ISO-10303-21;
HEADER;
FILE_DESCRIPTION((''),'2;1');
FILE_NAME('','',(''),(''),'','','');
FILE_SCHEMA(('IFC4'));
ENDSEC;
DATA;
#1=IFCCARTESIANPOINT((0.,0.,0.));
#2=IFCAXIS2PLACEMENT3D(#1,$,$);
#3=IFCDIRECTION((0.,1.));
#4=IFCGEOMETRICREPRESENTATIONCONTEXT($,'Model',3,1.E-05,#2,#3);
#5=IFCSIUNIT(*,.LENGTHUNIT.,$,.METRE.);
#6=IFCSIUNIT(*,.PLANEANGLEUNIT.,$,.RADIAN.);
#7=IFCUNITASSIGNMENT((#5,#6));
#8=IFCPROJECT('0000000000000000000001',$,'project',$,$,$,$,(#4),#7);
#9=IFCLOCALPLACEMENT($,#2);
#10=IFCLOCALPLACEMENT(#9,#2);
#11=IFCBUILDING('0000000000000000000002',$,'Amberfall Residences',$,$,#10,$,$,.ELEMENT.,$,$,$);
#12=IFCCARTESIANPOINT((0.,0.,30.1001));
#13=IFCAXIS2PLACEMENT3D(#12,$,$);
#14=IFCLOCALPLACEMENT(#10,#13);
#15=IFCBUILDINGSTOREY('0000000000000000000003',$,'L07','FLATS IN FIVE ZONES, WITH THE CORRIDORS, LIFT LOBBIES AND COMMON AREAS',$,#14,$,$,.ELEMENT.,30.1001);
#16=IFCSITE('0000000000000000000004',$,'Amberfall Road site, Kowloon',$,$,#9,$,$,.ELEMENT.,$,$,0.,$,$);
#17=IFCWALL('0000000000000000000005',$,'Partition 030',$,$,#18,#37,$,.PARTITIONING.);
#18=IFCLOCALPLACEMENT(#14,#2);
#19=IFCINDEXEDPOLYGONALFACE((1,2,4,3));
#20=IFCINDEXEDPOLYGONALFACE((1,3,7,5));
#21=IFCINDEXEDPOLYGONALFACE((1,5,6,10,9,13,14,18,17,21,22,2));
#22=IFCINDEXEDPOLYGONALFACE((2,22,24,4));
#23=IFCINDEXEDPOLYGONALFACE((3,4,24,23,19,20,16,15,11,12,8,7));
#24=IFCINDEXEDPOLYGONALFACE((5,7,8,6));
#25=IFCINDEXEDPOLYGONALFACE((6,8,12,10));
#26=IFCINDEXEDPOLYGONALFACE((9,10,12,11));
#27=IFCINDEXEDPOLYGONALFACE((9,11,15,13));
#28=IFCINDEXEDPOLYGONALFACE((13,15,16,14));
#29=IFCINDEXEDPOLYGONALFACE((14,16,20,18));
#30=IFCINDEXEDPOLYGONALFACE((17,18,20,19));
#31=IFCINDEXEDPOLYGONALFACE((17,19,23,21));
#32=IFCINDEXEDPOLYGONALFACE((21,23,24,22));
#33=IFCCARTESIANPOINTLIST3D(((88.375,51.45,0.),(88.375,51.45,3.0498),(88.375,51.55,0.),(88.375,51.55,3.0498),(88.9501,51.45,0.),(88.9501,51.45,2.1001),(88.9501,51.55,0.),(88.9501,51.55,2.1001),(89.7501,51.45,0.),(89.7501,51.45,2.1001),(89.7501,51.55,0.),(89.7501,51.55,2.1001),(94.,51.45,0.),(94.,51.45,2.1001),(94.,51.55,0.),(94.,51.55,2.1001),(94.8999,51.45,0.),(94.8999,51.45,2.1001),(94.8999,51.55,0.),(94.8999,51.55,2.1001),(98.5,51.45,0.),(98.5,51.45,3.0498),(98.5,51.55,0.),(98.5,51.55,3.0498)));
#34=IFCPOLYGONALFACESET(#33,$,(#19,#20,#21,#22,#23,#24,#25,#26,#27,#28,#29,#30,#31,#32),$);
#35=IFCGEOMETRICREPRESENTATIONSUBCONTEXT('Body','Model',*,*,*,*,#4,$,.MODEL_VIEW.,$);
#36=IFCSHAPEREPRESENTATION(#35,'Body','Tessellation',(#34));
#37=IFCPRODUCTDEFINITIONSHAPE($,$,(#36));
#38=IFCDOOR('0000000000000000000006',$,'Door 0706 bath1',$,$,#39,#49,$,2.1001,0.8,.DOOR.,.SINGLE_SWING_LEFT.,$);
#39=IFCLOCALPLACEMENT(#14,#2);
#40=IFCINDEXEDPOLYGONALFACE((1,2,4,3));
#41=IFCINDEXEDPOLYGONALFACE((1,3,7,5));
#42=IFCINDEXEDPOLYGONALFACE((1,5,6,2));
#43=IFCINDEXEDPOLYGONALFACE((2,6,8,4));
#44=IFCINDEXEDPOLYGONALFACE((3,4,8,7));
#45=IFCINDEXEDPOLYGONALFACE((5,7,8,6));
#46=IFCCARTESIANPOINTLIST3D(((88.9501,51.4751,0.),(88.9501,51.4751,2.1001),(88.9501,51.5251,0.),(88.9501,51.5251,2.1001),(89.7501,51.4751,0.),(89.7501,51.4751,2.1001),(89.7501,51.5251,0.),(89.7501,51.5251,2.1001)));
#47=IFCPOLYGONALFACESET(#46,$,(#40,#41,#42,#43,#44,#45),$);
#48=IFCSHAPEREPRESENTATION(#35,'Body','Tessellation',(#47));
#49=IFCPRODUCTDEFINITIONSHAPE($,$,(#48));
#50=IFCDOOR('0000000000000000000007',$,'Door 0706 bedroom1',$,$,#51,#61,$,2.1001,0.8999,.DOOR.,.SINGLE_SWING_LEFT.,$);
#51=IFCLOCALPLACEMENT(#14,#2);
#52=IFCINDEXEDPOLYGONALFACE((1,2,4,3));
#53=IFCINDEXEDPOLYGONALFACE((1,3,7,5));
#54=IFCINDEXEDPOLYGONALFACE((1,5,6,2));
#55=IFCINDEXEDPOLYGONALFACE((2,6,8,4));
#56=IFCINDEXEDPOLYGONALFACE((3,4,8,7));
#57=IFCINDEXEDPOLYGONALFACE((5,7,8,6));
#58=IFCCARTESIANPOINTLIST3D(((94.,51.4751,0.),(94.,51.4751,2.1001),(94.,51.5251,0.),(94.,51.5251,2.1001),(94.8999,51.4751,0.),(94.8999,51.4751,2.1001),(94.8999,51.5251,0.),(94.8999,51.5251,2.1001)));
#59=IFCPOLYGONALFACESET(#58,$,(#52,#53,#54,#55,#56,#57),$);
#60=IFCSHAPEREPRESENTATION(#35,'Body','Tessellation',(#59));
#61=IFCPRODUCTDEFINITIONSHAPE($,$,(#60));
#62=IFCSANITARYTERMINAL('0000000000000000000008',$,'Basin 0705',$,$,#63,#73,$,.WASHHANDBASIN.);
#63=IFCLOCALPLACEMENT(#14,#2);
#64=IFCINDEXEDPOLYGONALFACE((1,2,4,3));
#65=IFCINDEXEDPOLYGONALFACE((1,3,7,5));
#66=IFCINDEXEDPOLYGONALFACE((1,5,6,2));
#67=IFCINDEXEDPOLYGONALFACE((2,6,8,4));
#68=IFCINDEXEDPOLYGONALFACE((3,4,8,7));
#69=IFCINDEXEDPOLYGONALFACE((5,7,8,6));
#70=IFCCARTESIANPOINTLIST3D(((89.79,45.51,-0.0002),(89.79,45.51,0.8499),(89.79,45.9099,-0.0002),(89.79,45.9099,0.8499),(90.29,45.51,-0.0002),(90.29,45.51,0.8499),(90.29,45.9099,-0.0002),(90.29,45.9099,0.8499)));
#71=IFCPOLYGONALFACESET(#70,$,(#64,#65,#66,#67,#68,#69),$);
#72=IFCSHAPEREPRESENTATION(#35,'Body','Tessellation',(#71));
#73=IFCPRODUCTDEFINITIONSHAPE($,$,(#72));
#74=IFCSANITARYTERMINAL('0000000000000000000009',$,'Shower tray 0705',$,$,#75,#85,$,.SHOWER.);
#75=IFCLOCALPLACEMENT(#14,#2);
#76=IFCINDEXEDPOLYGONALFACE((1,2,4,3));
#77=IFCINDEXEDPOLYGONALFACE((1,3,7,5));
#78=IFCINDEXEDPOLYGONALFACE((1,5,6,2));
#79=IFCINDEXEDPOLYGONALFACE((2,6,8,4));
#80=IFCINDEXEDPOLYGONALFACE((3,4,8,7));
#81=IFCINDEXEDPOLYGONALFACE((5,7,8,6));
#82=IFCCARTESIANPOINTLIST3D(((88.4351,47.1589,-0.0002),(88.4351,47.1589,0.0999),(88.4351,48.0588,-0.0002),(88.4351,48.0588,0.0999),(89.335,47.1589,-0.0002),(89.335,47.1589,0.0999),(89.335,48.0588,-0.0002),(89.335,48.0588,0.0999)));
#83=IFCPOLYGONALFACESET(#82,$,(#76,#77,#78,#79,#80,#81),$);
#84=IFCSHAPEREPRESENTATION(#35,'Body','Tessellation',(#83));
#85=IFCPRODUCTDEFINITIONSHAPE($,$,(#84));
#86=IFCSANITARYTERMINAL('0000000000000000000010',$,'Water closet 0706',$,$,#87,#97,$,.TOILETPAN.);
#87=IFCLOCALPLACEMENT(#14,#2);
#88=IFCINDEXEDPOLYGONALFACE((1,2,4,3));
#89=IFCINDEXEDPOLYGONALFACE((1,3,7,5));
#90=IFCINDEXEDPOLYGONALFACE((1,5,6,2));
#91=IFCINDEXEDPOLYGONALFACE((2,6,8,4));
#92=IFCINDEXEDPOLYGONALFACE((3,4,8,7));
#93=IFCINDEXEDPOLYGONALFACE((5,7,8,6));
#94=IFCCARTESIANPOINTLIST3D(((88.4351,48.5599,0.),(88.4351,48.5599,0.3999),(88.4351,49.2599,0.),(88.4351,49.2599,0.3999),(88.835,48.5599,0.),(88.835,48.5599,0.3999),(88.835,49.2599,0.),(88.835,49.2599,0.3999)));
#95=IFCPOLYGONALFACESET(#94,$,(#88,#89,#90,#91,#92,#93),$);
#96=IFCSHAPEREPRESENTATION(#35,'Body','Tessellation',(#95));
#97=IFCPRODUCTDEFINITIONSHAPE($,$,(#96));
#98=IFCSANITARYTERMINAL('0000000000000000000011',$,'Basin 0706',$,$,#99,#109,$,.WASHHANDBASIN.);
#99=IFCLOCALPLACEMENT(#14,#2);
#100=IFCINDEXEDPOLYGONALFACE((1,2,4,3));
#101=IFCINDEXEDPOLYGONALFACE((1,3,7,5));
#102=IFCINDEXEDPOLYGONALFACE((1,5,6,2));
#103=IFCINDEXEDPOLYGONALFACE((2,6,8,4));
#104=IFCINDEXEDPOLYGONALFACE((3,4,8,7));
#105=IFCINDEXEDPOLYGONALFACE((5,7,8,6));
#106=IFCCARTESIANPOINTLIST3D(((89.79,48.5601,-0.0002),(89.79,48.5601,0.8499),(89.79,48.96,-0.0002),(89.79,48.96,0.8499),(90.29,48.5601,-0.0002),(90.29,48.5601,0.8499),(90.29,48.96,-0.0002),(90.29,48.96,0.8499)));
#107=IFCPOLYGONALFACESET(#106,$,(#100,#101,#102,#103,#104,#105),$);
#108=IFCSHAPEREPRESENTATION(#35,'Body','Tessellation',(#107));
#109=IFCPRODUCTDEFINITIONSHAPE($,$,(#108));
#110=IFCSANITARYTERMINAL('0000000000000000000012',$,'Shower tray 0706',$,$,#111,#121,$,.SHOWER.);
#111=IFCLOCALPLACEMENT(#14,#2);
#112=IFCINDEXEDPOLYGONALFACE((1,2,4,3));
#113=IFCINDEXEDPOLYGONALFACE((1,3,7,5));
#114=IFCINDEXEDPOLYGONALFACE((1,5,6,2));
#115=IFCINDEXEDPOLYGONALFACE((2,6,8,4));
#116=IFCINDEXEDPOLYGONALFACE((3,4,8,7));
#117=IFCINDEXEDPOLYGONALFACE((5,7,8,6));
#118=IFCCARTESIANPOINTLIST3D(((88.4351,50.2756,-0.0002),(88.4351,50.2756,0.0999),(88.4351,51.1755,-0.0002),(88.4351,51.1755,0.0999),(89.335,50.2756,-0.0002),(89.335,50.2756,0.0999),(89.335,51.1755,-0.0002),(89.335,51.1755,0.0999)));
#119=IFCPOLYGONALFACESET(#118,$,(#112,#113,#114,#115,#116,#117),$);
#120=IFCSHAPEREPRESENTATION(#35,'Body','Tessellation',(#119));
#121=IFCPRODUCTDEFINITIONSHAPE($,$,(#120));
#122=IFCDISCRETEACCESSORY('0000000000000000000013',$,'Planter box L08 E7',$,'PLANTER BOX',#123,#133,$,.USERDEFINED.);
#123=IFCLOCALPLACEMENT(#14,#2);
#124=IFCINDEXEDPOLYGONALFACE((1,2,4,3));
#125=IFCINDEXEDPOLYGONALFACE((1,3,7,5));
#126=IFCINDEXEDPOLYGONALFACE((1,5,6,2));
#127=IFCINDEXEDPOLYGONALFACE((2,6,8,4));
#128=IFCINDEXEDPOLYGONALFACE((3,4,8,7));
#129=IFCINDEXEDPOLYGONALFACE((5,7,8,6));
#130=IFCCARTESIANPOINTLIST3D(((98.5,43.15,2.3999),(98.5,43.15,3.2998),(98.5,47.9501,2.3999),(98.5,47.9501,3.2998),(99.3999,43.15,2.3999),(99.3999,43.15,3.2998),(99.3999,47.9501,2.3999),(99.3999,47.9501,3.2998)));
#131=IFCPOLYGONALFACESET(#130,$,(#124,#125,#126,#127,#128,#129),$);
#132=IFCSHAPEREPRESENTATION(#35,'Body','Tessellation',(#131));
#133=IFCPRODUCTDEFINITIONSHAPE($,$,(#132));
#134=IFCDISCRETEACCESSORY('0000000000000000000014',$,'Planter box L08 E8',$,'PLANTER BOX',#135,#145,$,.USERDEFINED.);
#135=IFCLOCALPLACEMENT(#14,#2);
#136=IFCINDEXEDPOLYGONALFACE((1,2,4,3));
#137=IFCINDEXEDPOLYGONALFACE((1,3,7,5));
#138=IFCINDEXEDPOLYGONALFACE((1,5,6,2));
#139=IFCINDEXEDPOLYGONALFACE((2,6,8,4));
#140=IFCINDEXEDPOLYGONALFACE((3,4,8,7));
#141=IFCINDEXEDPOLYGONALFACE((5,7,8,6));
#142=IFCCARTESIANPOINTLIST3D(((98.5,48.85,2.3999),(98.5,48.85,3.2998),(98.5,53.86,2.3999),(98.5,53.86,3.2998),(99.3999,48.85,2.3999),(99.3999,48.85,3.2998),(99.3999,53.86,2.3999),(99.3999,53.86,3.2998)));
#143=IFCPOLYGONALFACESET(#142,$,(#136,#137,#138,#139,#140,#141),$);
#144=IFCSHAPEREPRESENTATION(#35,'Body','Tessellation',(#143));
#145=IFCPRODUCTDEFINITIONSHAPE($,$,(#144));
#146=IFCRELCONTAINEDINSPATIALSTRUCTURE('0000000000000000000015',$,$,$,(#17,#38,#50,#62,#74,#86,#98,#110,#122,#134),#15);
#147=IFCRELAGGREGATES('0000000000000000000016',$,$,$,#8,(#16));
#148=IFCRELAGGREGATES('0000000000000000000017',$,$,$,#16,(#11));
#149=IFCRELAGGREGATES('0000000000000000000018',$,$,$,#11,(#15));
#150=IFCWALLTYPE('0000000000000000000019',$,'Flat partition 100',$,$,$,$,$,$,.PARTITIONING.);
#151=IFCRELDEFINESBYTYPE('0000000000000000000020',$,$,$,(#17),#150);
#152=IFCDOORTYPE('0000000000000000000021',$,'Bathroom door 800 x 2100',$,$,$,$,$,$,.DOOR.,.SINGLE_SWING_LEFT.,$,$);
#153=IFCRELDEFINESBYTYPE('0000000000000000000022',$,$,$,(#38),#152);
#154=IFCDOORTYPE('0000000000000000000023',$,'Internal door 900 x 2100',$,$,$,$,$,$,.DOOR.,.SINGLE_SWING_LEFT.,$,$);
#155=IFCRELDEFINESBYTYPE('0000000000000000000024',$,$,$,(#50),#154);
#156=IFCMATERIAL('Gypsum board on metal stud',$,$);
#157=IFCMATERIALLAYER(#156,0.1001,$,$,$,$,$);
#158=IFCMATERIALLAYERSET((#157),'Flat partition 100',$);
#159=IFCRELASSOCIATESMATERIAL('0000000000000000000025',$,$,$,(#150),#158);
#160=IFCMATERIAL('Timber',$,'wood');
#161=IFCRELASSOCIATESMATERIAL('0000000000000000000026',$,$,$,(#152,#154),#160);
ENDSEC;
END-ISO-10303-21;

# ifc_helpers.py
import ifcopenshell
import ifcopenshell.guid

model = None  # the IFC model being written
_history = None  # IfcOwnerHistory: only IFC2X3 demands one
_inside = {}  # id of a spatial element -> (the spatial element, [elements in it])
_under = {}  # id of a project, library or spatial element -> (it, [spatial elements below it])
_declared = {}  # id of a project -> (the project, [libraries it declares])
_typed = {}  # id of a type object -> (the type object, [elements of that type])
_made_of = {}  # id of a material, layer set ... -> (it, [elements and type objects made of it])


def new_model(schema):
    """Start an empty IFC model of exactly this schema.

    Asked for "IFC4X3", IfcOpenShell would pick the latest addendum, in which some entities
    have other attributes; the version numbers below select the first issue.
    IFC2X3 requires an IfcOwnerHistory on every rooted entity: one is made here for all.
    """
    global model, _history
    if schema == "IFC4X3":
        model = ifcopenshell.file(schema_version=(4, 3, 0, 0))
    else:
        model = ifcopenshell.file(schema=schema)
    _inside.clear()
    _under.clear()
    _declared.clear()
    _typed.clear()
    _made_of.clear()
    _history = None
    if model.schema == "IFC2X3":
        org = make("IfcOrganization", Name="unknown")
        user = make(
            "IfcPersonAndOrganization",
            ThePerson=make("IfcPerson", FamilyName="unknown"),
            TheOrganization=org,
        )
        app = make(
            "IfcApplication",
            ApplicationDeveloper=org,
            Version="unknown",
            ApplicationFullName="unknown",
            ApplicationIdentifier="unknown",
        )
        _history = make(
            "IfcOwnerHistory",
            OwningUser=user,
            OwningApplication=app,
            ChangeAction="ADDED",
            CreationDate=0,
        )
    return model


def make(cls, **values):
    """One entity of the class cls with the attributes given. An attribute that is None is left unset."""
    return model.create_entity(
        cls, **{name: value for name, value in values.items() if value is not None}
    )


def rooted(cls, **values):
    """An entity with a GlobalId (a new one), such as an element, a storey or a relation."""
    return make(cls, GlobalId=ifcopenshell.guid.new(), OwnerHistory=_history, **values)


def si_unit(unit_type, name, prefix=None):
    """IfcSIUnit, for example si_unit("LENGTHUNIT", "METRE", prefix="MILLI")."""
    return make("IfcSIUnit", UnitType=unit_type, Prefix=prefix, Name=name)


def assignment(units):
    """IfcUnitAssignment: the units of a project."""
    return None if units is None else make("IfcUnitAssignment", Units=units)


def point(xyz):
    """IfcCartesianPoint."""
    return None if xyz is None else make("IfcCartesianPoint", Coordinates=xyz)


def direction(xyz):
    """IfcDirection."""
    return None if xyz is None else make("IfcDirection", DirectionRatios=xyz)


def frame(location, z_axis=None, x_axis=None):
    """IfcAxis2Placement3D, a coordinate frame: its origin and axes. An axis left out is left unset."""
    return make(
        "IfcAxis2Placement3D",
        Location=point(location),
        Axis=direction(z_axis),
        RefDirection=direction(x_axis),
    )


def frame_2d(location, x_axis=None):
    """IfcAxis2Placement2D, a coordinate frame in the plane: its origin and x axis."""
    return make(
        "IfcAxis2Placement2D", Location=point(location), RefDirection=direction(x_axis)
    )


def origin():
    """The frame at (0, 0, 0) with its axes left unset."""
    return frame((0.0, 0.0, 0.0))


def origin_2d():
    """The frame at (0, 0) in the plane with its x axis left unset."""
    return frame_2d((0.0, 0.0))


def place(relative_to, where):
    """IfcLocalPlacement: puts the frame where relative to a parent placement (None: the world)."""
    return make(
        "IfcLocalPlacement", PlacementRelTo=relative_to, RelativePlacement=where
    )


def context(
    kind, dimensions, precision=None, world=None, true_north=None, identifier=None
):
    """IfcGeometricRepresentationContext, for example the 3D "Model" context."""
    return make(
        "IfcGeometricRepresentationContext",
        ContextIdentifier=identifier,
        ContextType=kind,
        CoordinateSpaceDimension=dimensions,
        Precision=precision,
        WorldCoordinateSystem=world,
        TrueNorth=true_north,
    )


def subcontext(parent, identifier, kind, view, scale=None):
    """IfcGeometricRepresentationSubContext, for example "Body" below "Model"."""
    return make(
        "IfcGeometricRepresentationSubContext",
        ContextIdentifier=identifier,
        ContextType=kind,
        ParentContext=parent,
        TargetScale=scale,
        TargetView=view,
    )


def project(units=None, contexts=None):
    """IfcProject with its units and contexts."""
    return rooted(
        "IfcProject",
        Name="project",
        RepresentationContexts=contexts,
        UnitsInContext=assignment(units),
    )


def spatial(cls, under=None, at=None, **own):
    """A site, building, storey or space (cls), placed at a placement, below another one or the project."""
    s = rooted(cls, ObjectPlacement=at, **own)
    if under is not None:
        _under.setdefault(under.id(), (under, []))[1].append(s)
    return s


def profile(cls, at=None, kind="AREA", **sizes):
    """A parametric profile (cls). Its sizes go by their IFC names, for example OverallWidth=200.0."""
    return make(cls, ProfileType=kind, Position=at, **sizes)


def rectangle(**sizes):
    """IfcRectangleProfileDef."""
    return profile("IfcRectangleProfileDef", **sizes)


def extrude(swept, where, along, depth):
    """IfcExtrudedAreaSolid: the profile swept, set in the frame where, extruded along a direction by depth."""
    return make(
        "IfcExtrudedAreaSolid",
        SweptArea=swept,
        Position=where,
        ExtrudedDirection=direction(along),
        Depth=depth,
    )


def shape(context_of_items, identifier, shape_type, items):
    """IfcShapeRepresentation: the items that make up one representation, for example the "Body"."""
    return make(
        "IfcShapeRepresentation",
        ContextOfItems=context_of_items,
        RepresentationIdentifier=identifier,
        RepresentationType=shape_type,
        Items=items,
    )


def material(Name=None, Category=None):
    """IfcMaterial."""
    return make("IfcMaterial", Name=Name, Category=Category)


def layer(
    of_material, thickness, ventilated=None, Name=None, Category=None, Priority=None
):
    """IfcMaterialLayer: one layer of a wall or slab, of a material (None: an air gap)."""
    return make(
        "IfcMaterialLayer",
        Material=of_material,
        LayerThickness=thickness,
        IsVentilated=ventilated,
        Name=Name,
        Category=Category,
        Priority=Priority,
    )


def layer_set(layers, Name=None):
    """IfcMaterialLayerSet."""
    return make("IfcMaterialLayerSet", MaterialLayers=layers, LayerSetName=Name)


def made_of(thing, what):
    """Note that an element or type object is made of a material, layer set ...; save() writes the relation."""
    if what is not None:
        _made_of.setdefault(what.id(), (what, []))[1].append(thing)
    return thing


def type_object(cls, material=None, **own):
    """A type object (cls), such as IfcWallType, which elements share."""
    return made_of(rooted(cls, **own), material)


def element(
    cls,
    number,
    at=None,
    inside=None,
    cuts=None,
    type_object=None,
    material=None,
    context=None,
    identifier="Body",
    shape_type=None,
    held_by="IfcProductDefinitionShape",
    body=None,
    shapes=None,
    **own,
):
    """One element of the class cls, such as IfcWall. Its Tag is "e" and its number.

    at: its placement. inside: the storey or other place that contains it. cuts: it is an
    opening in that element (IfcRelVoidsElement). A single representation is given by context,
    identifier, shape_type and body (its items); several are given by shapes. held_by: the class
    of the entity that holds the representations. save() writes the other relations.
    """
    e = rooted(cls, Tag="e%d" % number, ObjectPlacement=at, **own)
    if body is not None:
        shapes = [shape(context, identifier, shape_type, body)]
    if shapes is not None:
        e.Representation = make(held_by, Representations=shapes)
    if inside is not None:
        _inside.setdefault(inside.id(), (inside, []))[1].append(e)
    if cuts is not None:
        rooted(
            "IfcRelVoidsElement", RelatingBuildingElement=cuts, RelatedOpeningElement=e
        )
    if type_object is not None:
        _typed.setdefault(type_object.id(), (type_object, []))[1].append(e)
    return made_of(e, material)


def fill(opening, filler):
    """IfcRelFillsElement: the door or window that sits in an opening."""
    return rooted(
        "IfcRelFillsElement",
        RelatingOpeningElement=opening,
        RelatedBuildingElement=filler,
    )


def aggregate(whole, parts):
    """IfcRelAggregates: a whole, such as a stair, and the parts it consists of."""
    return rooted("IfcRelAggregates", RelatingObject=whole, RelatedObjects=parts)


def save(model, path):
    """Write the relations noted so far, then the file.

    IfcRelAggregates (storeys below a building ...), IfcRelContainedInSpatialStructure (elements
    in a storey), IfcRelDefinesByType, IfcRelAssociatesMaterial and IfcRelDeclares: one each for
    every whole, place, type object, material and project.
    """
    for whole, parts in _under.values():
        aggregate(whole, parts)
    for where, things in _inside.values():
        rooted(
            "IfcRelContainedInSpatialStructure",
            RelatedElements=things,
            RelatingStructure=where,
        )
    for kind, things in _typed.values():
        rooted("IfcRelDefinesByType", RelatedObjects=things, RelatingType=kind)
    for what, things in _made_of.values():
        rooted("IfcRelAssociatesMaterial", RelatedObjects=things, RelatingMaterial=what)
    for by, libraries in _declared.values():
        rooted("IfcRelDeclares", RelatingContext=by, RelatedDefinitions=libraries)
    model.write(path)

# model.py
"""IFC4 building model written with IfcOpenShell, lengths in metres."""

from ifc_helpers import new_model, si_unit, direction, frame, frame_2d, origin, origin_2d, place, context, subcontext, project, spatial, rectangle, extrude, material, layer, layer_set, type_object, element, fill, save


model = new_model("IFC4")

# Units and contexts
model_context = context("Model", 3, precision=1e-05, world=origin(), true_north=direction((0.0, 1.0)))
body_context = subcontext(model_context, "Body", "Model", "MODEL_VIEW")
ifc_project = project(units=[si_unit("LENGTHUNIT", "METRE"), si_unit("PLANEANGLEUNIT", "RADIAN")], contexts=[model_context])

# Site, building, storey
site_placement = place(None, origin())
site = spatial("IfcSite", under=ifc_project, at=site_placement, Name="Amberfall Road site, Kowloon", CompositionType="ELEMENT", RefElevation=0.0)
building_placement = place(site_placement, origin())
building = spatial("IfcBuilding", under=site, at=building_placement, Name="Amberfall Residences", CompositionType="ELEMENT")
storey_placement = place(building_placement, frame((0.0, 0.0, 30.1001)))
storey = spatial("IfcBuildingStorey", under=building, at=storey_placement, Name="L07", Description="FLATS IN FIVE ZONES, WITH THE CORRIDORS, LIFT LOBBIES AND COMMON AREAS", CompositionType="ELEMENT", Elevation=30.1001)

# Shared definitions
ifc_material_1 = material(Name="Gypsum board on metal stud")
ifc_layer_1 = layer(ifc_material_1, 0.1001)
ifc_layer_set_1 = layer_set([ifc_layer_1], Name="Flat partition 100")
wall_type_1 = type_object("IfcWallType", Name="Flat partition 100", PredefinedType="PARTITIONING", material=ifc_layer_set_1)

# Wall, openings, doors
wall_1_placement = place(storey_placement, frame((98.5, 51.5, 0.0), z_axis=(0.0, 0.0, 1.0), x_axis=(-1.0, 0.0, 0.0)))
wall_1 = element("IfcWall", 1, at=wall_1_placement, inside=storey, type_object=wall_type_1, Name="Partition 030", PredefinedType="PARTITIONING", context=body_context, shape_type="SweptSolid", body=[
    extrude(rectangle(XDim=10.125, YDim=0.1001, at=frame_2d((5.0625, 0.0))), origin(), (0.0, 0.0, 1.0), 3.0498),
])
opening_1_placement = place(wall_1_placement, frame((3.6001, 0.0, 0.0)))
opening_1 = element("IfcOpeningElement", 2, at=opening_1_placement, cuts=wall_1, PredefinedType="OPENING", context=body_context, shape_type="SweptSolid", body=[
    extrude(rectangle(XDim=0.8999, YDim=2.1001, at=frame_2d((0.45, 1.05))), frame((0.0, 0.0601, 0.0), z_axis=(0.0, -1.0, 0.0), x_axis=(1.0, 0.0, 0.0)), (0.0, 0.0, 1.0), 0.1201),
])
opening_2_placement = place(wall_1_placement, frame((8.75, 0.0, 0.0)))
opening_2 = element("IfcOpeningElement", 3, at=opening_2_placement, cuts=wall_1, PredefinedType="OPENING", context=body_context, shape_type="SweptSolid", body=[
    extrude(rectangle(XDim=0.8, YDim=2.1001, at=frame_2d((0.3999, 1.05))), frame((0.0, 0.0601, 0.0), z_axis=(0.0, -1.0, 0.0), x_axis=(1.0, 0.0, 0.0)), (0.0, 0.0, 1.0), 0.1201),
])
ifc_material_2 = material(Name="Timber", Category="wood")
door_type_1 = type_object("IfcDoorType", Name="Bathroom door 800 x 2100", OperationType="SINGLE_SWING_LEFT", PredefinedType="DOOR", material=ifc_material_2)
door_1_placement = place(opening_2_placement, origin())
door_1 = element("IfcDoor", 4, at=door_1_placement, inside=storey, type_object=door_type_1, Name="Door 0706 bath1", OperationType="SINGLE_SWING_LEFT", OverallHeight=2.1001, OverallWidth=0.8, PredefinedType="DOOR", context=body_context, shape_type="SweptSolid", body=[
    extrude(rectangle(XDim=0.8, YDim=2.1001, at=frame_2d((0.3999, 1.05))), frame((0.0, 0.0249, 0.0), z_axis=(0.0, -1.0, 0.0), x_axis=(1.0, 0.0, 0.0)), (0.0, 0.0, 1.0), 0.05),
])
fill(opening_2, door_1)
door_type_2 = type_object("IfcDoorType", Name="Internal door 900 x 2100", OperationType="SINGLE_SWING_LEFT", PredefinedType="DOOR", material=ifc_material_2)
door_2_placement = place(opening_1_placement, origin())
door_2 = element("IfcDoor", 5, at=door_2_placement, inside=storey, type_object=door_type_2, Name="Door 0706 bedroom1", OperationType="SINGLE_SWING_LEFT", OverallHeight=2.1001, OverallWidth=0.8999, PredefinedType="DOOR", context=body_context, shape_type="SweptSolid", body=[
    extrude(rectangle(XDim=0.8999, YDim=2.1001, at=frame_2d((0.45, 1.05))), frame((0.0, 0.0249, 0.0), z_axis=(0.0, -1.0, 0.0), x_axis=(1.0, 0.0, 0.0)), (0.0, 0.0, 1.0), 0.05),
])
fill(opening_1, door_2)

# Sanitary terminals
sanitary_terminal_1_placement = place(storey_placement, frame((90.04, 45.71, -0.0002), z_axis=(0.0, 0.0, 1.0), x_axis=(1.0, 0.0, 0.0)))
element("IfcSanitaryTerminal", 6, at=sanitary_terminal_1_placement, inside=storey, Name="Basin 0705", PredefinedType="WASHHANDBASIN", context=body_context, shape_type="SweptSolid", body=[
    extrude(rectangle(XDim=0.5, YDim=0.3999, at=origin_2d()), origin(), (0.0, 0.0, 1.0), 0.8501),
])
sanitary_terminal_2_placement = place(storey_placement, frame((88.885, 47.6089, -0.0002), z_axis=(0.0, 0.0, 1.0), x_axis=(1.0, 0.0, 0.0)))
element("IfcSanitaryTerminal", 7, at=sanitary_terminal_2_placement, inside=storey, Name="Shower tray 0705", PredefinedType="SHOWER", context=body_context, shape_type="SweptSolid", body=[
    extrude(rectangle(XDim=0.8999, YDim=0.8999, at=origin_2d()), origin(), (0.0, 0.0, 1.0), 0.1001),
])
sanitary_terminal_3_placement = place(storey_placement, frame((88.635, 48.9099, 0.0), z_axis=(0.0, 0.0, 1.0), x_axis=(1.0, 0.0, 0.0)))
element("IfcSanitaryTerminal", 8, at=sanitary_terminal_3_placement, inside=storey, Name="Water closet 0706", PredefinedType="TOILETPAN", context=body_context, shape_type="SweptSolid", body=[
    extrude(rectangle(XDim=0.3999, YDim=0.7, at=origin_2d()), origin(), (0.0, 0.0, 1.0), 0.3999),
])
sanitary_terminal_4_placement = place(storey_placement, frame((90.04, 48.76, -0.0002), z_axis=(0.0, 0.0, 1.0), x_axis=(1.0, 0.0, 0.0)))
element("IfcSanitaryTerminal", 9, at=sanitary_terminal_4_placement, inside=storey, Name="Basin 0706", PredefinedType="WASHHANDBASIN", context=body_context, shape_type="SweptSolid", body=[
    extrude(rectangle(XDim=0.5, YDim=0.3999, at=origin_2d()), origin(), (0.0, 0.0, 1.0), 0.8501),
])
sanitary_terminal_5_placement = place(storey_placement, frame((88.885, 50.7256, -0.0002), z_axis=(0.0, 0.0, 1.0), x_axis=(1.0, 0.0, 0.0)))
element("IfcSanitaryTerminal", 10, at=sanitary_terminal_5_placement, inside=storey, Name="Shower tray 0706", PredefinedType="SHOWER", context=body_context, shape_type="SweptSolid", body=[
    extrude(rectangle(XDim=0.8999, YDim=0.8999, at=origin_2d()), origin(), (0.0, 0.0, 1.0), 0.1001),
])

# Discrete accessories
discrete_accessory_1_placement = place(storey_placement, frame((98.95, 45.55, 2.3999), z_axis=(0.0, 0.0, 1.0), x_axis=(0.0, 1.0, 0.0)))
element("IfcDiscreteAccessory", 11, at=discrete_accessory_1_placement, inside=storey, Name="Planter box L08 E7", ObjectType="PLANTER BOX", PredefinedType="USERDEFINED", context=body_context, shape_type="SweptSolid", body=[
    extrude(rectangle(XDim=4.8, YDim=0.8999, at=origin_2d()), origin(), (0.0, 0.0, 1.0), 0.8999),
])
discrete_accessory_2_placement = place(storey_placement, frame((98.95, 51.355, 2.3999), z_axis=(0.0, 0.0, 1.0), x_axis=(0.0, 1.0, 0.0)))
element("IfcDiscreteAccessory", 12, at=discrete_accessory_2_placement, inside=storey, Name="Planter box L08 E8", ObjectType="PLANTER BOX", PredefinedType="USERDEFINED", context=body_context, shape_type="SweptSolid", body=[
    extrude(rectangle(XDim=5.01, YDim=0.8999, at=origin_2d()), origin(), (0.0, 0.0, 1.0), 0.8999),
])

save(model, "model.ifc")
